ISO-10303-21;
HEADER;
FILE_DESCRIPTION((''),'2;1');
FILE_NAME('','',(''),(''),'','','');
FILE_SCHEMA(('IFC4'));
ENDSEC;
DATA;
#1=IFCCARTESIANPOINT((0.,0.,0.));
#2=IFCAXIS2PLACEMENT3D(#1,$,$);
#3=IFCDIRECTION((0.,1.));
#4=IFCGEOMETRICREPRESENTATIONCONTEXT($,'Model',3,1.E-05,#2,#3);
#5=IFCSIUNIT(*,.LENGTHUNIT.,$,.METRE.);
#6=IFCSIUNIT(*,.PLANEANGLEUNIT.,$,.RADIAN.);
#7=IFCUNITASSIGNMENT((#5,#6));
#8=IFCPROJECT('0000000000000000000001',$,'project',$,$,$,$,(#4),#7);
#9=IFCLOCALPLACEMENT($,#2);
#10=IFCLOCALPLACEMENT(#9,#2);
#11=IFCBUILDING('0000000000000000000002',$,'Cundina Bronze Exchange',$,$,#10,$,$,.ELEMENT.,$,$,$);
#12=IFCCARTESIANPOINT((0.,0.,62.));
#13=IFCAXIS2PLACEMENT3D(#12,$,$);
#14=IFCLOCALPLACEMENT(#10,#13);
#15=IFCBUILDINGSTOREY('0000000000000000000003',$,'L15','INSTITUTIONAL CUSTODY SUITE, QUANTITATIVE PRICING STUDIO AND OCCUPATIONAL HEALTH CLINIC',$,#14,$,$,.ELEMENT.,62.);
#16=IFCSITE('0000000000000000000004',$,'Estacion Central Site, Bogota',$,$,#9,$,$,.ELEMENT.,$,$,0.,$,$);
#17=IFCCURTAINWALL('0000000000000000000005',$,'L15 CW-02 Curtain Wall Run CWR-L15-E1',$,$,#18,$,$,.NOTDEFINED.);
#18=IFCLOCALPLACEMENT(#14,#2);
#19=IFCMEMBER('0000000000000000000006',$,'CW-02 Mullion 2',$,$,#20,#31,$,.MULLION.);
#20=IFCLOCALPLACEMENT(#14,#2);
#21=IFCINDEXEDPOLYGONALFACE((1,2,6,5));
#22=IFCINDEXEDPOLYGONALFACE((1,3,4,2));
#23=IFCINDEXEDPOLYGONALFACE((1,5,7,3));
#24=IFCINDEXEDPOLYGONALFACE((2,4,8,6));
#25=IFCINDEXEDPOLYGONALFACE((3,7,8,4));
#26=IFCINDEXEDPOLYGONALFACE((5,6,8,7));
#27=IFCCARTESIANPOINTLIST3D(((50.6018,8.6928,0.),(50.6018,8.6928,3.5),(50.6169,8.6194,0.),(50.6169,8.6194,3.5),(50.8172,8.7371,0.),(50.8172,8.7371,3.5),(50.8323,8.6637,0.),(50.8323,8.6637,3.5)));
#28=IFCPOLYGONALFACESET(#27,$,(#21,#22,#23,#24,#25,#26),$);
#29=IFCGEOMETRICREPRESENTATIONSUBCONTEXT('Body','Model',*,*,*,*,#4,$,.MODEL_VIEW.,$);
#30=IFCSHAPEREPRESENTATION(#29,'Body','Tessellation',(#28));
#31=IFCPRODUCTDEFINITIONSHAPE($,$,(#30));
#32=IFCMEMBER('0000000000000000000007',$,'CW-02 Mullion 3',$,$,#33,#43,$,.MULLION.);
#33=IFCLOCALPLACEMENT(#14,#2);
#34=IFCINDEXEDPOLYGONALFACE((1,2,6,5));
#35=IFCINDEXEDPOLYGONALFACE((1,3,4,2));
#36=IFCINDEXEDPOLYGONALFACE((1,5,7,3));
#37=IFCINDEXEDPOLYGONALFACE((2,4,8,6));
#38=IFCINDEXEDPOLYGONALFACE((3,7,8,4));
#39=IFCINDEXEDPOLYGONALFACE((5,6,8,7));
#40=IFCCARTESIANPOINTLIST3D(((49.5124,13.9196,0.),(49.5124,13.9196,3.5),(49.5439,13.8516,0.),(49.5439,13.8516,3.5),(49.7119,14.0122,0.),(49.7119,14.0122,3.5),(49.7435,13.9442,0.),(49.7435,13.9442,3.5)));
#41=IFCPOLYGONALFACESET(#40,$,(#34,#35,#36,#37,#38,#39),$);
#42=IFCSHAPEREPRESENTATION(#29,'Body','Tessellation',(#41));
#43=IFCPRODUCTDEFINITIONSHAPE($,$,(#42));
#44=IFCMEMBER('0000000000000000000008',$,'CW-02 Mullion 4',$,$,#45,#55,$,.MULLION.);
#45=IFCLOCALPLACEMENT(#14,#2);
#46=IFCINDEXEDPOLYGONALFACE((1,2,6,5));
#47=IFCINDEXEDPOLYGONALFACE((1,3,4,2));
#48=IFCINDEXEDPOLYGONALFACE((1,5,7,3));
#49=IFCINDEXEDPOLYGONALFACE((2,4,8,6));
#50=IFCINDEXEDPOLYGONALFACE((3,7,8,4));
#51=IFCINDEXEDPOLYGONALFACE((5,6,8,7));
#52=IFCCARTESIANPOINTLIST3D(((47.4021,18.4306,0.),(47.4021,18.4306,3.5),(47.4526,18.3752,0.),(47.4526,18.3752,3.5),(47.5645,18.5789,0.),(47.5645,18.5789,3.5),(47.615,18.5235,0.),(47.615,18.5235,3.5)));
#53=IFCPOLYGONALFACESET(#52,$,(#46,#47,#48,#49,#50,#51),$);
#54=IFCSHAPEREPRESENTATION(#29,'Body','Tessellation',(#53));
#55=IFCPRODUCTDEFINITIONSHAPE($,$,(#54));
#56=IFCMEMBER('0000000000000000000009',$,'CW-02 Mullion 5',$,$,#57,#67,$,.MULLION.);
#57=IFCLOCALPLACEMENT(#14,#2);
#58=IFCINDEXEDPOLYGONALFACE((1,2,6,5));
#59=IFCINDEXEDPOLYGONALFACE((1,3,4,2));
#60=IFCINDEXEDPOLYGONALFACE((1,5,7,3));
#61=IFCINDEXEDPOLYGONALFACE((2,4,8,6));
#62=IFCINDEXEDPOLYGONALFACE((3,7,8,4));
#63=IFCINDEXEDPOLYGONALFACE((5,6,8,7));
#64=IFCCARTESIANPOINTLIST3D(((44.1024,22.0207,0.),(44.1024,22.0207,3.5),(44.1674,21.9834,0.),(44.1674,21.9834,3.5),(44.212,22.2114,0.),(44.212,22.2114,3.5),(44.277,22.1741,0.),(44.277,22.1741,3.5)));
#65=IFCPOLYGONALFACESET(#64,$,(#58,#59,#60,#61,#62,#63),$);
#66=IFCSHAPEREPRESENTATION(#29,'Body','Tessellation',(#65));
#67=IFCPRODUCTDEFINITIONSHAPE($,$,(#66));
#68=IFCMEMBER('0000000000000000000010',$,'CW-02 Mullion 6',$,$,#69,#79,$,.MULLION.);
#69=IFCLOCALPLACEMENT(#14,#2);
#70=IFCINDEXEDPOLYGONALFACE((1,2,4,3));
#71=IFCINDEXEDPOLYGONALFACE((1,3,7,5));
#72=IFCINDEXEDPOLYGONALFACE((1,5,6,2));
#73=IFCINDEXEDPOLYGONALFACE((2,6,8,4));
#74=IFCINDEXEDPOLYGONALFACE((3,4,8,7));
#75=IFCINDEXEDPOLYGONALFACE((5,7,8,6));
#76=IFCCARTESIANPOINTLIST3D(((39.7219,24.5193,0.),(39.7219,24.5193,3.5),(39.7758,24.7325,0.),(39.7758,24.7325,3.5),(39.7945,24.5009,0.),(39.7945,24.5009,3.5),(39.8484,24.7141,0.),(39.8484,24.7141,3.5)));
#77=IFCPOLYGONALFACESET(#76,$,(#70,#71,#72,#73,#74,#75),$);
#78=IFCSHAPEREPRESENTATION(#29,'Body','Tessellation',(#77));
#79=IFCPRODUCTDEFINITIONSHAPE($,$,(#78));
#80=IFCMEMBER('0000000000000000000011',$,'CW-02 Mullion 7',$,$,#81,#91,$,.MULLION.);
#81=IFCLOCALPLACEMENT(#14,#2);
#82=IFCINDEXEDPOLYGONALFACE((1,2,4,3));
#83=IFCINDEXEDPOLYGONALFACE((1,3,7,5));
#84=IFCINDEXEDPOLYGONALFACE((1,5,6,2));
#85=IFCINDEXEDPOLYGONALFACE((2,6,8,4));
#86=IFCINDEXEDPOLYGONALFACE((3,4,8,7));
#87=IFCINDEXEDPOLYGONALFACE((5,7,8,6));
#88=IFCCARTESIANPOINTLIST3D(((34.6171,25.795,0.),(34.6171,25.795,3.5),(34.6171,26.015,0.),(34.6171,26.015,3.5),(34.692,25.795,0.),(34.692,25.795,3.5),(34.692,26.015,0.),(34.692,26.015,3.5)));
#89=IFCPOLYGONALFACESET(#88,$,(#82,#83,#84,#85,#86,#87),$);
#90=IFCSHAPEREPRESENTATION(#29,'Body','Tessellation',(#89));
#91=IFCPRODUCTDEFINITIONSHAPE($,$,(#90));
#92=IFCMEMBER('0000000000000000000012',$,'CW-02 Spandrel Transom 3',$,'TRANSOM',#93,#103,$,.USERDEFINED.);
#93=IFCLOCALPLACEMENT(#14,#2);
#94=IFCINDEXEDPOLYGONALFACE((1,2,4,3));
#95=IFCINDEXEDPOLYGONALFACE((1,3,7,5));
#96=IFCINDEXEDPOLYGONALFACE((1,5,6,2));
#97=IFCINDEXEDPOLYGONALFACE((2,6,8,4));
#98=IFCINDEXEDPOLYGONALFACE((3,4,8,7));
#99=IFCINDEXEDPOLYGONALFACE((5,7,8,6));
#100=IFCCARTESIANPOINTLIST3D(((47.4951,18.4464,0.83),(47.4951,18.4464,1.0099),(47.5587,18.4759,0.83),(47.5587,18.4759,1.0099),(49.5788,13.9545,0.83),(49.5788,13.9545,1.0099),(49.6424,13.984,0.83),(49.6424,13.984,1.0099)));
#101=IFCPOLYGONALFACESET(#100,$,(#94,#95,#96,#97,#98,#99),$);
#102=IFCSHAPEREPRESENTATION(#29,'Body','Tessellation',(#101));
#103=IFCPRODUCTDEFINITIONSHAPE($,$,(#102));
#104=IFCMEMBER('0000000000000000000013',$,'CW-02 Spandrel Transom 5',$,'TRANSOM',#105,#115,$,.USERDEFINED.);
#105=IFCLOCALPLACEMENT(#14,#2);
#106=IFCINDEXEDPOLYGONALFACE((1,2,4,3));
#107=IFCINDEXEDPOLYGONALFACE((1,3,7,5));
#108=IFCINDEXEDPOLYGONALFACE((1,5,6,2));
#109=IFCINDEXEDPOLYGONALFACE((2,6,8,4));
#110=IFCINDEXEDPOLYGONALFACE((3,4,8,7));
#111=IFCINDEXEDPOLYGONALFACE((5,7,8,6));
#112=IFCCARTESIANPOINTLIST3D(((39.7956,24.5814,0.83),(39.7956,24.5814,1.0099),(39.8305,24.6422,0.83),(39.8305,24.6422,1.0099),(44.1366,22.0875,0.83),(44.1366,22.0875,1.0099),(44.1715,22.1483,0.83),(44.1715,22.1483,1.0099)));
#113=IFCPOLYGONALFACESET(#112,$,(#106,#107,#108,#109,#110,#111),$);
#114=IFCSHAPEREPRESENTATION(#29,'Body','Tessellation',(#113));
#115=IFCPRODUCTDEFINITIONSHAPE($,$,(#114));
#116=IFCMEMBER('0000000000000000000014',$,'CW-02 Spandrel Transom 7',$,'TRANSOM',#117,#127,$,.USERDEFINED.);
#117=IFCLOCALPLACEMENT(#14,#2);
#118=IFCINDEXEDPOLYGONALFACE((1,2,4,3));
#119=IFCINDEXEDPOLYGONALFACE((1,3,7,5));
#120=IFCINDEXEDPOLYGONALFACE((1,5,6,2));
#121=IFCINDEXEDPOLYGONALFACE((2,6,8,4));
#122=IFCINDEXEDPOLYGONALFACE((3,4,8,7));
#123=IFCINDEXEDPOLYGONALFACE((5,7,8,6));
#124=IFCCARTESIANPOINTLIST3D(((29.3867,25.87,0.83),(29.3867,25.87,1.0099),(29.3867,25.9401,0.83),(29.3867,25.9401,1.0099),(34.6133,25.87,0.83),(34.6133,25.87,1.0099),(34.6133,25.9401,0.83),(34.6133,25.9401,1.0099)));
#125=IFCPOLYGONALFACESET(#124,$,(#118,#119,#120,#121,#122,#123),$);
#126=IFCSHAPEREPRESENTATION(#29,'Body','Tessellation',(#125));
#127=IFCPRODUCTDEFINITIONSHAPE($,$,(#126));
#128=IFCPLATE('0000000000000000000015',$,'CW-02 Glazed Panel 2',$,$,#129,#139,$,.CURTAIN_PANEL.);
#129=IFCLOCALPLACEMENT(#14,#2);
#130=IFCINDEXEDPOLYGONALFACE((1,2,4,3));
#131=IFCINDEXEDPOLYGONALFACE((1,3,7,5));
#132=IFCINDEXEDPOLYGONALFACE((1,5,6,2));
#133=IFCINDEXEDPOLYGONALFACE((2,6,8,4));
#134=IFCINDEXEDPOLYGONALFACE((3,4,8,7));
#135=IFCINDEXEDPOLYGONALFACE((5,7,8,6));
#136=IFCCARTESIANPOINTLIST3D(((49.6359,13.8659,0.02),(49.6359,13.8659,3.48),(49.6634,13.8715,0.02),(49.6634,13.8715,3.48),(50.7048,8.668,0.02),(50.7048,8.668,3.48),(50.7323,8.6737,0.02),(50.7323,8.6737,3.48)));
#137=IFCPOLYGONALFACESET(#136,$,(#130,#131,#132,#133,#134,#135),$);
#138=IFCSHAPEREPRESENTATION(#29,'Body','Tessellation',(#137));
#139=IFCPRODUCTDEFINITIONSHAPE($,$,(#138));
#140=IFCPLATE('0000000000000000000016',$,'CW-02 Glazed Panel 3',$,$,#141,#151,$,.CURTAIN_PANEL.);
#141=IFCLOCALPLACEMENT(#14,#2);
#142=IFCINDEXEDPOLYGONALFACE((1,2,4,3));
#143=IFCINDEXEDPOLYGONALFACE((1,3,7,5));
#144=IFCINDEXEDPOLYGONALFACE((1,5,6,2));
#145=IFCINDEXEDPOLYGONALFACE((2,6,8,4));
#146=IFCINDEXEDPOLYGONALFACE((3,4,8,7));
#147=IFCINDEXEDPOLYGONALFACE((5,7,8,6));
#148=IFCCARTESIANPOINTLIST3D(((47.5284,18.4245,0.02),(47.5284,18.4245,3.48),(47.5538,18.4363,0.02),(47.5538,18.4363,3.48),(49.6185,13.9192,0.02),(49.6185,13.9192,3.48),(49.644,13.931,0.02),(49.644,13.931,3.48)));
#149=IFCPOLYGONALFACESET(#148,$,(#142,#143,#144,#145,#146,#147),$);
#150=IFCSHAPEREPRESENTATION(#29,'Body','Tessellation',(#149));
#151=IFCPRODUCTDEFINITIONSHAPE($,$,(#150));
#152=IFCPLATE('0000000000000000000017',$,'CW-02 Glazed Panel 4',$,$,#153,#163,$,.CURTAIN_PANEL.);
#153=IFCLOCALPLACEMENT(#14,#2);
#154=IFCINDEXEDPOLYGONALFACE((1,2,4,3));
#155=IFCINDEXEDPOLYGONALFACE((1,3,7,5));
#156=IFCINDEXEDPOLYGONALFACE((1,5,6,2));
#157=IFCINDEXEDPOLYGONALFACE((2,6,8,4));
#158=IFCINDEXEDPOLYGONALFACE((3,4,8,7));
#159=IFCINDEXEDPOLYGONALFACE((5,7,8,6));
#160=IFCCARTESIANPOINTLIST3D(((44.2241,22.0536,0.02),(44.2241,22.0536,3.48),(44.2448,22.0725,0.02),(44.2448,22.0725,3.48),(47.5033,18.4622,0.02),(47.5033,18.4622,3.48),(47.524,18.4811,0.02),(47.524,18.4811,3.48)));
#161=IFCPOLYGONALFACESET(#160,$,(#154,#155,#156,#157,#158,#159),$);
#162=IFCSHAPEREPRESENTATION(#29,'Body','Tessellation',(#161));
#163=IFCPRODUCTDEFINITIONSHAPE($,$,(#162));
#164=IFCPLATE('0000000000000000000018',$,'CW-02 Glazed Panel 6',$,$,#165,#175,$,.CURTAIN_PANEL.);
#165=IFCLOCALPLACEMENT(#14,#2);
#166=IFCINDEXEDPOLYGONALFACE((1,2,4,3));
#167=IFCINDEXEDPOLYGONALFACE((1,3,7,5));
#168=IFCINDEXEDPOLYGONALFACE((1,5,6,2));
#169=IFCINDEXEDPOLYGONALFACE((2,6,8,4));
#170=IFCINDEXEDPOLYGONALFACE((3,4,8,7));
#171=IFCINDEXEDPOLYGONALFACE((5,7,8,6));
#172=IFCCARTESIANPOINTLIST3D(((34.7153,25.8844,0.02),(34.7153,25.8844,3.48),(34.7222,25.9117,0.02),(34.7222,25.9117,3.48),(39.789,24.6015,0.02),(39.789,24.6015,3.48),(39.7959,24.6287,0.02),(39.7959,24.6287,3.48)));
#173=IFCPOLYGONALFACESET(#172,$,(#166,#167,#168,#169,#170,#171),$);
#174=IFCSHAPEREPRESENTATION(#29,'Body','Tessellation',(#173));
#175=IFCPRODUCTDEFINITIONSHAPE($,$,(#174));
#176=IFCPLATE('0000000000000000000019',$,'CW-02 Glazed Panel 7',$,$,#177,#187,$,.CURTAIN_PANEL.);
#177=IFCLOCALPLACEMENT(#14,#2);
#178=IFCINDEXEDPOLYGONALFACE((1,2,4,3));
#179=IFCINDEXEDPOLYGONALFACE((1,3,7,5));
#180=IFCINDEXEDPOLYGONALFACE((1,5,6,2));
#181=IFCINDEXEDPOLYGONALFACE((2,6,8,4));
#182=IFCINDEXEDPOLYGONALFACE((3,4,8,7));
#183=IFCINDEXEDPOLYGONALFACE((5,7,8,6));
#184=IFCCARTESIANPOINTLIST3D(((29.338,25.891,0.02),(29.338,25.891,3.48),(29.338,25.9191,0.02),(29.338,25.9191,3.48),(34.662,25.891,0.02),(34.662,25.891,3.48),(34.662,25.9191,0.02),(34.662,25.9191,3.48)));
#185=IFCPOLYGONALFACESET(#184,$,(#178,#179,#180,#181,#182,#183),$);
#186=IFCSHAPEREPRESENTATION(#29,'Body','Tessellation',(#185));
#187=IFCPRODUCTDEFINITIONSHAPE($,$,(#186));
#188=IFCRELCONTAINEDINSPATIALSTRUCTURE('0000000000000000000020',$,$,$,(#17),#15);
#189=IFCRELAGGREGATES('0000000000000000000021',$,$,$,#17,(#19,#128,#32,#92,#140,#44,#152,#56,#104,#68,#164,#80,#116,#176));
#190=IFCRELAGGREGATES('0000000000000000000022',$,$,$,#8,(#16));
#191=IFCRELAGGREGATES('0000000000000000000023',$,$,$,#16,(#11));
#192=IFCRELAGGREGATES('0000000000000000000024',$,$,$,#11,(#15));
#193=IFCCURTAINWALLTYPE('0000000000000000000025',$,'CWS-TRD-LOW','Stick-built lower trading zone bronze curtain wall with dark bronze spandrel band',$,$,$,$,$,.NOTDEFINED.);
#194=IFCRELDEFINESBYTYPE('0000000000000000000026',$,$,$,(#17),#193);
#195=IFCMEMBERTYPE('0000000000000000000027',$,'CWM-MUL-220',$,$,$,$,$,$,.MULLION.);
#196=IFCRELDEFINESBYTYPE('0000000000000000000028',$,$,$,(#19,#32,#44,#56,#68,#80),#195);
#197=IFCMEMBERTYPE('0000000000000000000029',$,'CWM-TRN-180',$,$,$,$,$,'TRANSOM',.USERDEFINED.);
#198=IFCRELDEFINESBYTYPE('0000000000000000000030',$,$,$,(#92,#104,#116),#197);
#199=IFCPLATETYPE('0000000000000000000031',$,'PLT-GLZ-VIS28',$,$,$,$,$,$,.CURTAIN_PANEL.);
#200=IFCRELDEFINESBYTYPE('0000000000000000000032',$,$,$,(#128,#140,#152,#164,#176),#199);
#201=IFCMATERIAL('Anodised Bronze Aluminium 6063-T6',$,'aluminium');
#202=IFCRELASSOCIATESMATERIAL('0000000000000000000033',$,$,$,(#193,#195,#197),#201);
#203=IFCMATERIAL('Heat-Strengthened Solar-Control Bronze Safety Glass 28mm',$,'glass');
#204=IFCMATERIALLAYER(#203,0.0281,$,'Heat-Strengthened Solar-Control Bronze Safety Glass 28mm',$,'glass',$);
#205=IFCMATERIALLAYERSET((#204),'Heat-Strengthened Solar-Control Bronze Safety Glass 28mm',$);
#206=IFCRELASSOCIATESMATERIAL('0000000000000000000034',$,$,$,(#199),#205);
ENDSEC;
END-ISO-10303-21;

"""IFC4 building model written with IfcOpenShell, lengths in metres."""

from ifc_helpers import new_model, si_unit, direction, frame, origin, origin_2d, place, context, subcontext, project, spatial, rectangle, extrude, material, layer, layer_set, material_profile, profile_set, type_object, element, aggregate, save


model = new_model("IFC4")

# Units and contexts
model_context = context("Model", 3, precision=1e-05, world=origin(), true_north=direction((0.0, 1.0)))
body_context = subcontext(model_context, "Body", "Model", "MODEL_VIEW")
ifc_project = project(units=[si_unit("LENGTHUNIT", "METRE"), si_unit("PLANEANGLEUNIT", "RADIAN")], contexts=[model_context])

# Site, building, storey
site_placement = place(None, origin())
site = spatial("IfcSite", under=ifc_project, at=site_placement, Name="Estacion Central Site, Bogota", CompositionType="ELEMENT", RefElevation=0.0)
building_placement = place(site_placement, origin())
building = spatial("IfcBuilding", under=site, at=building_placement, Name="Cundina Bronze Exchange", CompositionType="ELEMENT")
storey_placement = place(building_placement, frame((0.0, 0.0, 62.0)))
storey = spatial("IfcBuildingStorey", under=building, at=storey_placement, Name="L15", Description="INSTITUTIONAL CUSTODY SUITE, QUANTITATIVE PRICING STUDIO AND OCCUPATIONAL HEALTH CLINIC", CompositionType="ELEMENT", Elevation=62.0)

# Curtain wall, members, plates
ifc_material_1 = material(Name="Anodised Bronze Aluminium 6063-T6", Category="aluminium")
curtain_wall_type = type_object("IfcCurtainWallType", Name="CWS-TRD-LOW", Description="Stick-built lower trading zone bronze curtain wall with dark bronze spandrel band", PredefinedType="NOTDEFINED", material=ifc_material_1)
curtain_wall_placement = place(storey_placement, origin())
curtain_wall = element("IfcCurtainWall", 1, at=curtain_wall_placement, inside=storey, type_object=curtain_wall_type, Name="L15 CW-02 Curtain Wall Run CWR-L15-E1", PredefinedType="NOTDEFINED")
ifc_material_profile_1 = material_profile(ifc_material_1, rectangle(XDim=0.075, YDim=0.22, at=origin_2d()), Name="AL75X220", Category="aluminium")
ifc_profile_set_1 = profile_set([ifc_material_profile_1], Name="Anodised Bronze Aluminium 6063-T6")
member_type_1 = type_object("IfcMemberType", Name="CWM-MUL-220", PredefinedType="MULLION", material=ifc_profile_set_1)
member_1_placement = place(storey_placement, frame((50.717, 8.6782, 0.0), z_axis=(0.0, 0.0, 1.0), x_axis=(-0.20142, 0.979505, 0.0)))
member_1 = element("IfcMember", 2, at=member_1_placement, type_object=member_type_1, Name="CW-02 Mullion 2", PredefinedType="MULLION", context=body_context, shape_type="SweptSolid", body=[
    extrude(rectangle(XDim=0.075, YDim=0.22, at=origin_2d()), origin(), (0.0, 0.0, 1.0), 3.5),
])
member_2_placement = place(storey_placement, frame((49.6279, 13.9319, 0.0), z_axis=(0.0, 0.0, 1.0), x_axis=(-0.420877, 0.907117, 0.0)))
member_2 = element("IfcMember", 3, at=member_2_placement, type_object=member_type_1, Name="CW-02 Mullion 3", PredefinedType="MULLION", context=body_context, shape_type="SweptSolid", body=[
    extrude(rectangle(XDim=0.075, YDim=0.22, at=origin_2d()), origin(), (0.0, 0.0, 1.0), 3.5),
])
member_3_placement = place(storey_placement, frame((47.5085, 18.4771, 0.0), z_axis=(0.0, 0.0, 1.0), x_axis=(-0.674302, 0.738455, 0.0)))
member_3 = element("IfcMember", 4, at=member_3_placement, type_object=member_type_1, Name="CW-02 Mullion 4", PredefinedType="MULLION", context=body_context, shape_type="SweptSolid", body=[
    extrude(rectangle(XDim=0.075, YDim=0.22, at=origin_2d()), origin(), (0.0, 0.0, 1.0), 3.5),
])
member_4_placement = place(storey_placement, frame((44.1897, 22.0974, 0.0), z_axis=(0.0, 0.0, 1.0), x_axis=(-0.867071, 0.498185, 0.0)))
member_4 = element("IfcMember", 5, at=member_4_placement, type_object=member_type_1, Name="CW-02 Mullion 5", PredefinedType="MULLION", context=body_context, shape_type="SweptSolid", body=[
    extrude(rectangle(XDim=0.075, YDim=0.22, at=origin_2d()), origin(), (0.0, 0.0, 1.0), 3.5),
])
member_5_placement = place(storey_placement, frame((39.7852, 24.6167, 0.0), z_axis=(0.0, 0.0, 1.0), x_axis=(-0.969488, 0.245138, 0.0)))
member_5 = element("IfcMember", 6, at=member_5_placement, type_object=member_type_1, Name="CW-02 Mullion 6", PredefinedType="MULLION", context=body_context, shape_type="SweptSolid", body=[
    extrude(rectangle(XDim=0.075, YDim=0.22, at=origin_2d()), origin(), (0.0, 0.0, 1.0), 3.5),
])
member_6_placement = place(storey_placement, frame((34.6545, 25.905, 0.0), z_axis=(0.0, 0.0, 1.0), x_axis=(-1.0, 0.0, 0.0)))
member_6 = element("IfcMember", 7, at=member_6_placement, type_object=member_type_1, Name="CW-02 Mullion 7", PredefinedType="MULLION", context=body_context, shape_type="SweptSolid", body=[
    extrude(rectangle(XDim=0.075, YDim=0.22, at=origin_2d()), origin(), (0.0, 0.0, 1.0), 3.5),
])
ifc_material_profile_2 = material_profile(ifc_material_1, rectangle(XDim=0.0701, YDim=0.1799, at=origin_2d()), Name="AL70X180", Category="aluminium")
ifc_profile_set_2 = profile_set([ifc_material_profile_2], Name="Anodised Bronze Aluminium 6063-T6")
member_type_2 = type_object("IfcMemberType", Name="CWM-TRN-180", ElementType="TRANSOM", PredefinedType="USERDEFINED", material=ifc_profile_set_2)
member_7_placement = place(storey_placement, frame((49.6106, 13.9692, 0.9199), z_axis=(-0.420811, 0.907148, 0.0), x_axis=(-0.907148, -0.420811, 0.0)))
member_7 = element("IfcMember", 8, at=member_7_placement, type_object=member_type_2, Name="CW-02 Spandrel Transom 3", ObjectType="TRANSOM", PredefinedType="USERDEFINED", context=body_context, shape_type="SweptSolid", body=[
    extrude(rectangle(XDim=0.0701, YDim=0.1799, at=origin_2d()), origin(), (0.0, 0.0, 1.0), 4.9517),
])
member_8_placement = place(storey_placement, frame((44.1541, 22.1179, 0.9199), z_axis=(-0.867097, 0.498139, 0.0), x_axis=(-0.498139, -0.867097, 0.0)))
member_8 = element("IfcMember", 9, at=member_8_placement, type_object=member_type_2, Name="CW-02 Spandrel Transom 5", ObjectType="TRANSOM", PredefinedType="USERDEFINED", context=body_context, shape_type="SweptSolid", body=[
    extrude(rectangle(XDim=0.0701, YDim=0.1799, at=origin_2d()), origin(), (0.0, 0.0, 1.0), 5.0063),
])
member_9_placement = place(storey_placement, frame((34.6133, 25.905, 0.9199), z_axis=(-1.0, 0.0, 0.0), x_axis=(0.0, -1.0, 0.0)))
member_9 = element("IfcMember", 10, at=member_9_placement, type_object=member_type_2, Name="CW-02 Spandrel Transom 7", ObjectType="TRANSOM", PredefinedType="USERDEFINED", context=body_context, shape_type="SweptSolid", body=[
    extrude(rectangle(XDim=0.0701, YDim=0.1799, at=origin_2d()), origin(), (0.0, 0.0, 1.0), 5.2266),
])
ifc_material_2 = material(Name="Heat-Strengthened Solar-Control Bronze Safety Glass 28mm", Category="glass")
ifc_layer_1 = layer(ifc_material_2, 0.0281, Name="Heat-Strengthened Solar-Control Bronze Safety Glass 28mm", Category="glass")
ifc_layer_set_1 = layer_set([ifc_layer_1], Name="Heat-Strengthened Solar-Control Bronze Safety Glass 28mm")
plate_type_1 = type_object("IfcPlateType", Name="PLT-GLZ-VIS28", PredefinedType="CURTAIN_PANEL", material=ifc_layer_set_1)
plate_1_placement = place(storey_placement, frame((50.1841, 11.2698, 0.02), z_axis=(0.0, 0.0, 1.0), x_axis=(-0.20142, 0.979505, 0.0)))
plate_1 = element("IfcPlate", 11, at=plate_1_placement, type_object=plate_type_1, Name="CW-02 Glazed Panel 2", PredefinedType="CURTAIN_PANEL", context=body_context, shape_type="SweptSolid", body=[
    extrude(rectangle(XDim=5.3066, YDim=0.0281, at=origin_2d()), origin(), (0.0, 0.0, 1.0), 3.46),
])
plate_2_placement = place(storey_placement, frame((48.5862, 16.1777, 0.02), z_axis=(0.0, 0.0, 1.0), x_axis=(-0.420846, 0.907132, 0.0)))
plate_2 = element("IfcPlate", 12, at=plate_2_placement, type_object=plate_type_1, Name="CW-02 Glazed Panel 3", PredefinedType="CURTAIN_PANEL", context=body_context, shape_type="SweptSolid", body=[
    extrude(rectangle(XDim=4.9666, YDim=0.0281, at=origin_2d()), origin(), (0.0, 0.0, 1.0), 3.46),
])
plate_3_placement = place(storey_placement, frame((45.874, 20.2673, 0.02), z_axis=(0.0, 0.0, 1.0), x_axis=(-0.674277, 0.738479, 0.0)))
plate_3 = element("IfcPlate", 13, at=plate_3_placement, type_object=plate_type_1, Name="CW-02 Glazed Panel 4", PredefinedType="CURTAIN_PANEL", context=body_context, shape_type="SweptSolid", body=[
    extrude(rectangle(XDim=4.8633, YDim=0.0281, at=origin_2d()), origin(), (0.0, 0.0, 1.0), 3.46),
])
plate_4_placement = place(storey_placement, frame((37.2556, 25.2566, 0.02), z_axis=(0.0, 0.0, 1.0), x_axis=(-0.969488, 0.245138, 0.0)))
plate_4 = element("IfcPlate", 14, at=plate_4_placement, type_object=plate_type_1, Name="CW-02 Glazed Panel 6", PredefinedType="CURTAIN_PANEL", context=body_context, shape_type="SweptSolid", body=[
    extrude(rectangle(XDim=5.2334, YDim=0.0281, at=origin_2d()), origin(), (0.0, 0.0, 1.0), 3.46),
])
plate_5_placement = place(storey_placement, frame((32.0, 25.905, 0.02), z_axis=(0.0, 0.0, 1.0), x_axis=(-1.0, 0.0, 0.0)))
plate_5 = element("IfcPlate", 15, at=plate_5_placement, type_object=plate_type_1, Name="CW-02 Glazed Panel 7", PredefinedType="CURTAIN_PANEL", context=body_context, shape_type="SweptSolid", body=[
    extrude(rectangle(XDim=5.324, YDim=0.0281, at=origin_2d()), origin(), (0.0, 0.0, 1.0), 3.46),
])
aggregate(curtain_wall, [member_1, plate_1, member_2, member_7, plate_2, member_3, plate_3, member_4, member_8, member_5, plate_4, member_6, member_9, plate_5])

save(model, "model.ifc")
